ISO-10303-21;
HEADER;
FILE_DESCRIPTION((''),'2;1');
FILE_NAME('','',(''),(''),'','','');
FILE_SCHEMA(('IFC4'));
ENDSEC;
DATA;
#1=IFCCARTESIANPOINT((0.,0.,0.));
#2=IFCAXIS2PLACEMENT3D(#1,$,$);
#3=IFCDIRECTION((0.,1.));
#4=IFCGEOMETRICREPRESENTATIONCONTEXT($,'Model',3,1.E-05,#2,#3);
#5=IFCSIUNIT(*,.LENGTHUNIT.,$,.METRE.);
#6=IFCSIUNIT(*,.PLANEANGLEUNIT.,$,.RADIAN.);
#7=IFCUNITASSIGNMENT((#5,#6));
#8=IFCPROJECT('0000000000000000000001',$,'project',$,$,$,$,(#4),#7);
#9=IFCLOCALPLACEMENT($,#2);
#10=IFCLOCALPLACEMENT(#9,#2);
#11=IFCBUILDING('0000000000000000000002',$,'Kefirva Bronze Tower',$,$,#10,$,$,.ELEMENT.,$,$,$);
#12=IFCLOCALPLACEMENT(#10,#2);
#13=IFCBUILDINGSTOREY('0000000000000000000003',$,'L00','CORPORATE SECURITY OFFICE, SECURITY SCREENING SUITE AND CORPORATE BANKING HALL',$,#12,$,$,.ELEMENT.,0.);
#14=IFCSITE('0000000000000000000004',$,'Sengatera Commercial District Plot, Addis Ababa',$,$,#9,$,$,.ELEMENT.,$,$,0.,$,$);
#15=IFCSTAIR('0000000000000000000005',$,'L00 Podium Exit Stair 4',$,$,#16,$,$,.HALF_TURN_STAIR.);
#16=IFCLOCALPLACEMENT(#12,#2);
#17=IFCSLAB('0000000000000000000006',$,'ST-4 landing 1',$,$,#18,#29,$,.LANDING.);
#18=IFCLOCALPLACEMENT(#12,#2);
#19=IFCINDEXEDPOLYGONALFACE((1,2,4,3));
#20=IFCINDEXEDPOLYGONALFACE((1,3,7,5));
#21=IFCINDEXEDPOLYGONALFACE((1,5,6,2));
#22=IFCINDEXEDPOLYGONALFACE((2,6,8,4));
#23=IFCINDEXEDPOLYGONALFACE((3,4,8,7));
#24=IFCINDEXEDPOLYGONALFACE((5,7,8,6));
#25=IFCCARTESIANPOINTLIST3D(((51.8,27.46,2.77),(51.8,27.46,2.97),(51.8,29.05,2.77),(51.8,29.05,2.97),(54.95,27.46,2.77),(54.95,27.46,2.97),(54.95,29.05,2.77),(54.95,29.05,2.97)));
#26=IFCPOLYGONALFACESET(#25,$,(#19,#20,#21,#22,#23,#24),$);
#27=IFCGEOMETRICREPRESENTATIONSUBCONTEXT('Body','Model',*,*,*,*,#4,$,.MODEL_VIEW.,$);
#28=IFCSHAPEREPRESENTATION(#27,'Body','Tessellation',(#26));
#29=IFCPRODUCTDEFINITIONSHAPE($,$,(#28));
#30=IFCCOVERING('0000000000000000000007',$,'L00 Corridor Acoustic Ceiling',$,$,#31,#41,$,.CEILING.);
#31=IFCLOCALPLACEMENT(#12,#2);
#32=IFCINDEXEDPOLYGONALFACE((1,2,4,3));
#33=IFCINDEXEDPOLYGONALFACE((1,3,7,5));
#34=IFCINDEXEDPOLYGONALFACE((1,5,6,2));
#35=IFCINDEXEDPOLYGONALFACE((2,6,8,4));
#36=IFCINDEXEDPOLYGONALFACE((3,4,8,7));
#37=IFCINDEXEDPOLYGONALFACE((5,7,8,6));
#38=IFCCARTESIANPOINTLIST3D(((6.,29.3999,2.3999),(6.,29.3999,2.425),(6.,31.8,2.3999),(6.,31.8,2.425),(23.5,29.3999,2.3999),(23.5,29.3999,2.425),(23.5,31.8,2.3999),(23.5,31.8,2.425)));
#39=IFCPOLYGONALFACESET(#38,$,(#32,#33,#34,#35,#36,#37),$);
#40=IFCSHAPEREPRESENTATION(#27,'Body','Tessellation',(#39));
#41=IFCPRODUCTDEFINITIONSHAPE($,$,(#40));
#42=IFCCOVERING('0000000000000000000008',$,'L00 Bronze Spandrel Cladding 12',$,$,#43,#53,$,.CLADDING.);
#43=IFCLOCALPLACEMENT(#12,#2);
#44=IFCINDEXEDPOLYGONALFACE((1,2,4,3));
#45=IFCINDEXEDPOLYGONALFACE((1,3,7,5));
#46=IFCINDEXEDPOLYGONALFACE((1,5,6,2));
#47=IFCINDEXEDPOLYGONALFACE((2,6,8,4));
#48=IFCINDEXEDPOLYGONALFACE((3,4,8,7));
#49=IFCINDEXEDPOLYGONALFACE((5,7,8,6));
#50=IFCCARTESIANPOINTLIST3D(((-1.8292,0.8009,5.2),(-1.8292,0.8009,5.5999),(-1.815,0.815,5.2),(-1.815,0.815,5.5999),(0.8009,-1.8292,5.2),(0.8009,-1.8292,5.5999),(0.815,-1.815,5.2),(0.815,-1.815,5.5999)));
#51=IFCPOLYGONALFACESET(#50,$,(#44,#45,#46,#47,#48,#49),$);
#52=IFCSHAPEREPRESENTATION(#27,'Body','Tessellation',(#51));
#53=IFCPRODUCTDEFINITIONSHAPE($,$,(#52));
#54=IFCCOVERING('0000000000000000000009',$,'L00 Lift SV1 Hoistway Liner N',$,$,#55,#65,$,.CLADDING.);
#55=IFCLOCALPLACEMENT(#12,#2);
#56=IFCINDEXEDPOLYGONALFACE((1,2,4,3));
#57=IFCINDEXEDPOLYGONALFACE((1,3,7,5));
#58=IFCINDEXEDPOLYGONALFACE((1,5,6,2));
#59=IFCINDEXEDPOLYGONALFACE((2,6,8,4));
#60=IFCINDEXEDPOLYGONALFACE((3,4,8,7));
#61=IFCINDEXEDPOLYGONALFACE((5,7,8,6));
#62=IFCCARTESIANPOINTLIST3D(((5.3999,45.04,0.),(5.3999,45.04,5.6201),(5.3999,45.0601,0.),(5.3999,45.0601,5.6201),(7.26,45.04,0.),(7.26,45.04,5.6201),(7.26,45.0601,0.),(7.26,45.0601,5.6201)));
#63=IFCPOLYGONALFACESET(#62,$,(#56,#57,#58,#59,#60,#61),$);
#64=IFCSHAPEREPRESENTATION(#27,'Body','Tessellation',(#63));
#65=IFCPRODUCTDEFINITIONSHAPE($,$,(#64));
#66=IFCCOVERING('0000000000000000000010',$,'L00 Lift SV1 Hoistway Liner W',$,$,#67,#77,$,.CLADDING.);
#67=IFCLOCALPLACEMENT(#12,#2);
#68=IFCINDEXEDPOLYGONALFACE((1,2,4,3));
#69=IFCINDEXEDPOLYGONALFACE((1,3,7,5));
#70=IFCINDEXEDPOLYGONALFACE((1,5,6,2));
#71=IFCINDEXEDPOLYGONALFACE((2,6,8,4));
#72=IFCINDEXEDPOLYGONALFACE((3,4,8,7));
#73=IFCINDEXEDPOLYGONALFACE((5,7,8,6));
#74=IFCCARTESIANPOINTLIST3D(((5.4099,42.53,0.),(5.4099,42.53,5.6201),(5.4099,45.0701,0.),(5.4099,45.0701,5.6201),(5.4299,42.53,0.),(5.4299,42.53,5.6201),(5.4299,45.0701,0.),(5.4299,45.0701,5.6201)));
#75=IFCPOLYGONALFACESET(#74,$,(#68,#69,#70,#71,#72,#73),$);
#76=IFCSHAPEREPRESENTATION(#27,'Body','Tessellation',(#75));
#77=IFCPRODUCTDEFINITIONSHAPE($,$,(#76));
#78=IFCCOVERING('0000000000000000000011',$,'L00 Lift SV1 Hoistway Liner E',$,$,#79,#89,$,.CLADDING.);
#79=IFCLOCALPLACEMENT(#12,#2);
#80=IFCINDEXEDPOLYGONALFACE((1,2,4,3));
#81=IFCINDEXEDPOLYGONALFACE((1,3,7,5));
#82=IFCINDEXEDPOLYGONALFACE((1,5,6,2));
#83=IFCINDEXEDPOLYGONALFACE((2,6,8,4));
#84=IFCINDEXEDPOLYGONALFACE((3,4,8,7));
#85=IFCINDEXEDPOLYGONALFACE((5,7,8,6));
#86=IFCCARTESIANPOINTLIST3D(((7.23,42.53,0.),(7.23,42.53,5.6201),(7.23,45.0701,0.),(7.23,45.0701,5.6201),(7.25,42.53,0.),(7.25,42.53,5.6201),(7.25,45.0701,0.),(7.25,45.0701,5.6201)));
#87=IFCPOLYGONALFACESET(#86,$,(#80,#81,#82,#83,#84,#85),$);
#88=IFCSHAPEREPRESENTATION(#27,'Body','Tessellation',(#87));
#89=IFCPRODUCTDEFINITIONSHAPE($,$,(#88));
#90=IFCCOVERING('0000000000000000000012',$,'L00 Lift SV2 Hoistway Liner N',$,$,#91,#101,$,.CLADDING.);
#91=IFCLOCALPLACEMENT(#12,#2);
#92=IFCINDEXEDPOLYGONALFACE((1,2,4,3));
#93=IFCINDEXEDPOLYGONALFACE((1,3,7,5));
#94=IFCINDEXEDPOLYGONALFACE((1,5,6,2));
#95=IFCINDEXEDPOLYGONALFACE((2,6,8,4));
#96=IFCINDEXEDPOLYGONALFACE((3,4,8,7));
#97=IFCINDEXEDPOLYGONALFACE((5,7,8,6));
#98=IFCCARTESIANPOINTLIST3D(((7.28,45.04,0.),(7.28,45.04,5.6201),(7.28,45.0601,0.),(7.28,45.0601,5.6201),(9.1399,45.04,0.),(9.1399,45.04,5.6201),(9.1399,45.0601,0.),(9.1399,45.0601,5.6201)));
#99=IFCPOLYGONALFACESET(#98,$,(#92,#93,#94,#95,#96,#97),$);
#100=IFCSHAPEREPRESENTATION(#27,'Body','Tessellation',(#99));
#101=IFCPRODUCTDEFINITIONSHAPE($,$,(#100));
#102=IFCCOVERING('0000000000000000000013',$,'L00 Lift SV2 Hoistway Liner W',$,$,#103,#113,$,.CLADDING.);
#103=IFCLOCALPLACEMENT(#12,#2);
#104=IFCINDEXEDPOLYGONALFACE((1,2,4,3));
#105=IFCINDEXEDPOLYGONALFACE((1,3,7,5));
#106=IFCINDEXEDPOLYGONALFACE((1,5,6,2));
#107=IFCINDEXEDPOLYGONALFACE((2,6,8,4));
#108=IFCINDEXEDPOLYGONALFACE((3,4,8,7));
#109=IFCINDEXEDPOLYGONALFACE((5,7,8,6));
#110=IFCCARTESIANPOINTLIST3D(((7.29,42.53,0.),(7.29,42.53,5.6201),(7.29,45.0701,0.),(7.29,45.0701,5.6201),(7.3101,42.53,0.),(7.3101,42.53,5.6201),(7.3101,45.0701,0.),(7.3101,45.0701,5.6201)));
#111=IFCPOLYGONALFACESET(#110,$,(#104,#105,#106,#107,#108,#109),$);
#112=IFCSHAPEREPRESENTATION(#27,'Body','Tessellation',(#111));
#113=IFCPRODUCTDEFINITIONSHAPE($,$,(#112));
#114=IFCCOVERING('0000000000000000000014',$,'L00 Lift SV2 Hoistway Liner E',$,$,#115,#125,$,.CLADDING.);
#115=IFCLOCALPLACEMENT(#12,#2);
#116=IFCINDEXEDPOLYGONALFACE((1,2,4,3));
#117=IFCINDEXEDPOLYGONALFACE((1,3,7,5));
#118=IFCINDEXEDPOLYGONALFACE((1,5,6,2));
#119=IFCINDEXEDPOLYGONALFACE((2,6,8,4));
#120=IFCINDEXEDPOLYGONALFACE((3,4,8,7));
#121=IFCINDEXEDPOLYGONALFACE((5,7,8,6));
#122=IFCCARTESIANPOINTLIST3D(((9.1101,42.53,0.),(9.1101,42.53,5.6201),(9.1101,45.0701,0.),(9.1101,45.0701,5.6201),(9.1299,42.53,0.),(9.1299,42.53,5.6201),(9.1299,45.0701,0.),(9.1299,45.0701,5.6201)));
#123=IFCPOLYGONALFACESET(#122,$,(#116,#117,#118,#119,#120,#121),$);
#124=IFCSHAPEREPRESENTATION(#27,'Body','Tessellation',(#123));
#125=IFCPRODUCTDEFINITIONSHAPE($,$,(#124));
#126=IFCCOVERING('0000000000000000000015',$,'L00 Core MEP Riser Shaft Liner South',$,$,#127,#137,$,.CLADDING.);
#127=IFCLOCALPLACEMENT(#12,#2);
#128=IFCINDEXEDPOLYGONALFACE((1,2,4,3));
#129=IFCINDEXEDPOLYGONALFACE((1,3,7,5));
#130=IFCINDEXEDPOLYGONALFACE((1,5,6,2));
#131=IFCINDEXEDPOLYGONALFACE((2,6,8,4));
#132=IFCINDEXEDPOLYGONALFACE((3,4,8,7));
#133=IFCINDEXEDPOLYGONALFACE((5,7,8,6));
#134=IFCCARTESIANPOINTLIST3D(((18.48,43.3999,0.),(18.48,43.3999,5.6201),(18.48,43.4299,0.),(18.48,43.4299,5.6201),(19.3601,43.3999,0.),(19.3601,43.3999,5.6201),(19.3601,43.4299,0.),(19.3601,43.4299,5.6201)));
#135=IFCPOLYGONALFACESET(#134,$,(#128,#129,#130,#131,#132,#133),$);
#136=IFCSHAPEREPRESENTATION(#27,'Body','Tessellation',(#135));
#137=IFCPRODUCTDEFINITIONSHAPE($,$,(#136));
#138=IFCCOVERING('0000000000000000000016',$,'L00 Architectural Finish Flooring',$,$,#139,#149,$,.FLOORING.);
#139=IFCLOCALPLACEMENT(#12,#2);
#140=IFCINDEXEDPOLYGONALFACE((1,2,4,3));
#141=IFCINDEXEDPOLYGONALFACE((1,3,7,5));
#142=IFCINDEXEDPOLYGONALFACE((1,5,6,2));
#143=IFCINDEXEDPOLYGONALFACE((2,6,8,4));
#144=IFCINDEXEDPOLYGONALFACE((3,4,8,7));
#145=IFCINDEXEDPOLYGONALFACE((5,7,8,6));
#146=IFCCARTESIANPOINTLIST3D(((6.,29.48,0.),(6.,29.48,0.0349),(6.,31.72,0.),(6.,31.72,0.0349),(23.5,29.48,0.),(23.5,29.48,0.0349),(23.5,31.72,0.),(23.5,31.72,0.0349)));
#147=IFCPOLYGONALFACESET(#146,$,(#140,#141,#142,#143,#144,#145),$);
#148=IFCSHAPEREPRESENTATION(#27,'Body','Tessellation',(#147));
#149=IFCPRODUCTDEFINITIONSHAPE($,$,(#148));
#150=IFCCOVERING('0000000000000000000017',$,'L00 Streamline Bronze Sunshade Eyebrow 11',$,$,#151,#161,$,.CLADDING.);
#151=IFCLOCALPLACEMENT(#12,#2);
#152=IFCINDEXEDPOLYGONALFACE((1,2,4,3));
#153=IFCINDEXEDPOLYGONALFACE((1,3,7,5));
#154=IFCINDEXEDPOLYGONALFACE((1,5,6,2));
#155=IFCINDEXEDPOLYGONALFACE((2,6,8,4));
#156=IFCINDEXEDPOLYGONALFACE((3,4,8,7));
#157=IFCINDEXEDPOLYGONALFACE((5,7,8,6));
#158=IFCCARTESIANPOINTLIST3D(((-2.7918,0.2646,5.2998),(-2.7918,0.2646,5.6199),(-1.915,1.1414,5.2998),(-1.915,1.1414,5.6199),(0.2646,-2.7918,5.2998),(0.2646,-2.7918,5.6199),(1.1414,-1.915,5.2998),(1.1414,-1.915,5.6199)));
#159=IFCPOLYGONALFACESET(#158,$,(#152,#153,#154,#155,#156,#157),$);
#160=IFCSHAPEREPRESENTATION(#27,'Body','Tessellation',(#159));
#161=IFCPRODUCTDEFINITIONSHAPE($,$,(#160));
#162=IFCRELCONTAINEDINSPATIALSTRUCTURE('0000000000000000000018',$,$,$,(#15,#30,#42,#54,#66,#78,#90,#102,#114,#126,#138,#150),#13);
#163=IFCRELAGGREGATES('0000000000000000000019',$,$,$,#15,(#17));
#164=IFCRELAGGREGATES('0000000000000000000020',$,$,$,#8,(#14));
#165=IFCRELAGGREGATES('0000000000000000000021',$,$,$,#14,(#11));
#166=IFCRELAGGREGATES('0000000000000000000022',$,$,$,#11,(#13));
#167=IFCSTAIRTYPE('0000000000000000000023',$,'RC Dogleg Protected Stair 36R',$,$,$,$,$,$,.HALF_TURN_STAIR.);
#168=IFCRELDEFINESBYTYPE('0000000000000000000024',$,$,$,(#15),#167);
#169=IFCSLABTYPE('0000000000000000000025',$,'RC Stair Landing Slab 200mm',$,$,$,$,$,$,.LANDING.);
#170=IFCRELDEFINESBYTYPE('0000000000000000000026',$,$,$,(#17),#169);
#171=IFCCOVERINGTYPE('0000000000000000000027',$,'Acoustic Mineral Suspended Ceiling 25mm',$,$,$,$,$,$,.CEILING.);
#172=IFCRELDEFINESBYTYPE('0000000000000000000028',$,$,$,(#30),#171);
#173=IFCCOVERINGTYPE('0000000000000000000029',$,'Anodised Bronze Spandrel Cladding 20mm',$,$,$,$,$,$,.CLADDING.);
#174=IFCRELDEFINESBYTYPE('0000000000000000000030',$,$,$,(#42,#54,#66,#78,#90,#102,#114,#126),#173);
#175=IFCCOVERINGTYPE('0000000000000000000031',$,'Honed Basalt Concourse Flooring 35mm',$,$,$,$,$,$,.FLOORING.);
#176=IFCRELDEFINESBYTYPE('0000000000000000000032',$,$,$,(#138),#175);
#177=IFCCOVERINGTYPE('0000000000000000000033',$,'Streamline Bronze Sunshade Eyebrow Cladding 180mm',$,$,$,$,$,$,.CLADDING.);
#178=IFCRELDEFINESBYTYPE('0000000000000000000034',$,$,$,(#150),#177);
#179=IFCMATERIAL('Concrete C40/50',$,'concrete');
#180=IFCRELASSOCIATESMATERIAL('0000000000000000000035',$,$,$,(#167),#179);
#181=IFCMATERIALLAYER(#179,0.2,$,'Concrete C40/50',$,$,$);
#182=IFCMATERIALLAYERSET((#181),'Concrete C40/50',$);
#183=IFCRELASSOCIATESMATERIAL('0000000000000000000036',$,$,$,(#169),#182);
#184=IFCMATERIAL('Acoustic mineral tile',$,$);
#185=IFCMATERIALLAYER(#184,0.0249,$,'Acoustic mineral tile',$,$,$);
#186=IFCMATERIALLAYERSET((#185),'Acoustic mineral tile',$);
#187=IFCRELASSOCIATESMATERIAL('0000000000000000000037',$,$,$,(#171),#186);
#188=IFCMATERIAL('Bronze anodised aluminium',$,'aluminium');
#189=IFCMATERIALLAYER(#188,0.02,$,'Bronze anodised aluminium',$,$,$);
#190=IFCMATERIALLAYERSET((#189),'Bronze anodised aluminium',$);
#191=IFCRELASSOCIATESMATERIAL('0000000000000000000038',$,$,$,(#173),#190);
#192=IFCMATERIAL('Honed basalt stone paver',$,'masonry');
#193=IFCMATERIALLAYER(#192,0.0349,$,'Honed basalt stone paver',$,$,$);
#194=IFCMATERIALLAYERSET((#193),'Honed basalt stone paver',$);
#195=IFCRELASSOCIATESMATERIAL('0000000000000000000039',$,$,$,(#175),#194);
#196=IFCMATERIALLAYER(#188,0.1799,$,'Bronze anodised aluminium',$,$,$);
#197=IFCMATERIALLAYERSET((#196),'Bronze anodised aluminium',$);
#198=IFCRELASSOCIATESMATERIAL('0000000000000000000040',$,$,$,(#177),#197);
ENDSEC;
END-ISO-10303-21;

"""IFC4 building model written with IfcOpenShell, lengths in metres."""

from ifc_helpers import new_model, si_unit, direction, frame, origin, origin_2d, place, context, subcontext, project, spatial, polyline, rectangle, outline, extrude, material, layer, layer_set, type_object, element, aggregate, save


model = new_model("IFC4")

# Units and contexts
model_context = context("Model", 3, precision=1e-05, world=origin(), true_north=direction((0.0, 1.0)))
body_context = subcontext(model_context, "Body", "Model", "MODEL_VIEW")
ifc_project = project(units=[si_unit("LENGTHUNIT", "METRE"), si_unit("PLANEANGLEUNIT", "RADIAN")], contexts=[model_context])

# Site, building, storey
site_placement = place(None, origin())
site = spatial("IfcSite", under=ifc_project, at=site_placement, Name="Sengatera Commercial District Plot, Addis Ababa", CompositionType="ELEMENT", RefElevation=0.0)
building_placement = place(site_placement, origin())
building = spatial("IfcBuilding", under=site, at=building_placement, Name="Kefirva Bronze Tower", CompositionType="ELEMENT")
storey_placement = place(building_placement, origin())
storey = spatial("IfcBuildingStorey", under=building, at=storey_placement, Name="L00", Description="CORPORATE SECURITY OFFICE, SECURITY SCREENING SUITE AND CORPORATE BANKING HALL", CompositionType="ELEMENT", Elevation=0.0)

# Stair, slab
ifc_material_1 = material(Name="Concrete C40/50", Category="concrete")
stair_type = type_object("IfcStairType", Name="RC Dogleg Protected Stair 36R", PredefinedType="HALF_TURN_STAIR", material=ifc_material_1)
ifc_layer_1 = layer(ifc_material_1, 0.2, Name="Concrete C40/50")
ifc_layer_set_1 = layer_set([ifc_layer_1], Name="Concrete C40/50")
slab_type_1 = type_object("IfcSlabType", Name="RC Stair Landing Slab 200mm", PredefinedType="LANDING", material=ifc_layer_set_1)
stair_1_placement = place(storey_placement, origin())
stair_1 = element("IfcStair", 1, at=stair_1_placement, inside=storey, type_object=stair_type, Name="L00 Podium Exit Stair 4", PredefinedType="HALF_TURN_STAIR")
slab_1_placement = place(storey_placement, frame((0.0, 0.0, 2.77)))
slab_1 = element("IfcSlab", 2, at=slab_1_placement, type_object=slab_type_1, Name="ST-4 landing 1", PredefinedType="LANDING", context=body_context, shape_type="SweptSolid", body=[
    extrude(outline(polyline([(54.95, 27.46), (54.95, 29.05), (51.8, 29.05), (51.8, 27.46), (54.95, 27.46)])), origin(), (0.0, 0.0, 1.0), 0.2),
])
aggregate(stair_1, [slab_1])

# Coverings
ifc_material_2 = material(Name="Acoustic mineral tile")
ifc_layer_2 = layer(ifc_material_2, 0.0249, Name="Acoustic mineral tile")
ifc_layer_set_2 = layer_set([ifc_layer_2], Name="Acoustic mineral tile")
covering_type_1 = type_object("IfcCoveringType", Name="Acoustic Mineral Suspended Ceiling 25mm", PredefinedType="CEILING", material=ifc_layer_set_2)
covering_1_placement = place(storey_placement, frame((0.0, 0.0, 2.3999)))
element("IfcCovering", 3, at=covering_1_placement, inside=storey, type_object=covering_type_1, Name="L00 Corridor Acoustic Ceiling", PredefinedType="CEILING", context=body_context, shape_type="SweptSolid", body=[
    extrude(outline(polyline([(6.0, 29.3999), (23.5, 29.3999), (23.5, 31.8), (6.0, 31.8), (6.0, 29.3999)])), origin(), (0.0, 0.0, 1.0), 0.0251),
])
ifc_material_3 = material(Name="Bronze anodised aluminium", Category="aluminium")
ifc_layer_3 = layer(ifc_material_3, 0.02, Name="Bronze anodised aluminium")
ifc_layer_set_3 = layer_set([ifc_layer_3], Name="Bronze anodised aluminium")
covering_type_2 = type_object("IfcCoveringType", Name="Anodised Bronze Spandrel Cladding 20mm", PredefinedType="CLADDING", material=ifc_layer_set_3)
covering_2_placement = place(storey_placement, frame((-0.5071, -0.5071, 5.2), z_axis=(0.0, 0.0, 1.0), x_axis=(0.707107, -0.707107, 0.0)))
element("IfcCovering", 4, at=covering_2_placement, inside=storey, type_object=covering_type_2, Name="L00 Bronze Spandrel Cladding 12", PredefinedType="CLADDING", context=body_context, shape_type="SweptSolid", body=[
    extrude(rectangle(XDim=3.7195, YDim=0.02, at=origin_2d()), origin(), (0.0, 0.0, 1.0), 0.3999),
])
covering_3_placement = place(storey_placement, origin())
element("IfcCovering", 5, at=covering_3_placement, inside=storey, type_object=covering_type_2, Name="L00 Lift SV1 Hoistway Liner N", PredefinedType="CLADDING", context=body_context, shape_type="SweptSolid", body=[
    extrude(outline(polyline([(5.3999, 45.04), (7.26, 45.04), (7.26, 45.0601), (5.3999, 45.0601), (5.3999, 45.04)])), origin(), (0.0, 0.0, 1.0), 5.6201),
])
covering_4_placement = place(storey_placement, origin())
element("IfcCovering", 6, at=covering_4_placement, inside=storey, type_object=covering_type_2, Name="L00 Lift SV1 Hoistway Liner W", PredefinedType="CLADDING", context=body_context, shape_type="SweptSolid", body=[
    extrude(outline(polyline([(5.4099, 42.53), (5.4299, 42.53), (5.4299, 45.0701), (5.4099, 45.0701), (5.4099, 42.53)])), origin(), (0.0, 0.0, 1.0), 5.6201),
])
covering_5_placement = place(storey_placement, origin())
element("IfcCovering", 7, at=covering_5_placement, inside=storey, type_object=covering_type_2, Name="L00 Lift SV1 Hoistway Liner E", PredefinedType="CLADDING", context=body_context, shape_type="SweptSolid", body=[
    extrude(outline(polyline([(7.23, 42.53), (7.25, 42.53), (7.25, 45.0701), (7.23, 45.0701), (7.23, 42.53)])), origin(), (0.0, 0.0, 1.0), 5.6201),
])
covering_6_placement = place(storey_placement, origin())
element("IfcCovering", 8, at=covering_6_placement, inside=storey, type_object=covering_type_2, Name="L00 Lift SV2 Hoistway Liner N", PredefinedType="CLADDING", context=body_context, shape_type="SweptSolid", body=[
    extrude(outline(polyline([(7.28, 45.04), (9.1399, 45.04), (9.1399, 45.0601), (7.28, 45.0601), (7.28, 45.04)])), origin(), (0.0, 0.0, 1.0), 5.6201),
])
covering_7_placement = place(storey_placement, origin())
element("IfcCovering", 9, at=covering_7_placement, inside=storey, type_object=covering_type_2, Name="L00 Lift SV2 Hoistway Liner W", PredefinedType="CLADDING", context=body_context, shape_type="SweptSolid", body=[
    extrude(outline(polyline([(7.29, 42.53), (7.3101, 42.53), (7.3101, 45.0701), (7.29, 45.0701), (7.29, 42.53)])), origin(), (0.0, 0.0, 1.0), 5.6201),
])
covering_8_placement = place(storey_placement, origin())
element("IfcCovering", 10, at=covering_8_placement, inside=storey, type_object=covering_type_2, Name="L00 Lift SV2 Hoistway Liner E", PredefinedType="CLADDING", context=body_context, shape_type="SweptSolid", body=[
    extrude(outline(polyline([(9.1101, 42.53), (9.1299, 42.53), (9.1299, 45.0701), (9.1101, 45.0701), (9.1101, 42.53)])), origin(), (0.0, 0.0, 1.0), 5.6201),
])
covering_9_placement = place(storey_placement, origin())
element("IfcCovering", 11, at=covering_9_placement, inside=storey, type_object=covering_type_2, Name="L00 Core MEP Riser Shaft Liner South", PredefinedType="CLADDING", context=body_context, shape_type="SweptSolid", body=[
    extrude(outline(polyline([(18.48, 43.3999), (19.3601, 43.3999), (19.3601, 43.4299), (18.48, 43.4299), (18.48, 43.3999)])), origin(), (0.0, 0.0, 1.0), 5.6201),
])
ifc_material_4 = material(Name="Honed basalt stone paver", Category="masonry")
ifc_layer_4 = layer(ifc_material_4, 0.0349, Name="Honed basalt stone paver")
ifc_layer_set_4 = layer_set([ifc_layer_4], Name="Honed basalt stone paver")
covering_type_3 = type_object("IfcCoveringType", Name="Honed Basalt Concourse Flooring 35mm", PredefinedType="FLOORING", material=ifc_layer_set_4)
covering_10_placement = place(storey_placement, origin())
element("IfcCovering", 12, at=covering_10_placement, inside=storey, type_object=covering_type_3, Name="L00 Architectural Finish Flooring", PredefinedType="FLOORING", context=body_context, shape_type="SweptSolid", body=[
    extrude(outline(polyline([(6.0, 29.48), (23.5, 29.48), (23.5, 31.72), (6.0, 31.72), (6.0, 29.48)])), origin(), (0.0, 0.0, 1.0), 0.0349),
])
ifc_layer_5 = layer(ifc_material_3, 0.1799, Name="Bronze anodised aluminium")
ifc_layer_set_5 = layer_set([ifc_layer_5], Name="Bronze anodised aluminium")
covering_type_4 = type_object("IfcCoveringType", Name="Streamline Bronze Sunshade Eyebrow Cladding 180mm", PredefinedType="CLADDING", material=ifc_layer_set_5)
covering_11_placement = place(storey_placement, frame((-0.8252, -0.8252, 5.2998), z_axis=(0.0, 0.0, 1.0), x_axis=(0.707107, -0.707107, 0.0)))
element("IfcCovering", 13, at=covering_11_placement, inside=storey, type_object=covering_type_4, Name="L00 Streamline Bronze Sunshade Eyebrow 11", PredefinedType="CLADDING", context=body_context, shape_type="SweptSolid", body=[
    extrude(rectangle(XDim=4.3225, YDim=1.24, at=origin_2d()), origin(), (0.0, 0.0, 1.0), 0.3201),
])

save(model, "model.ifc")
